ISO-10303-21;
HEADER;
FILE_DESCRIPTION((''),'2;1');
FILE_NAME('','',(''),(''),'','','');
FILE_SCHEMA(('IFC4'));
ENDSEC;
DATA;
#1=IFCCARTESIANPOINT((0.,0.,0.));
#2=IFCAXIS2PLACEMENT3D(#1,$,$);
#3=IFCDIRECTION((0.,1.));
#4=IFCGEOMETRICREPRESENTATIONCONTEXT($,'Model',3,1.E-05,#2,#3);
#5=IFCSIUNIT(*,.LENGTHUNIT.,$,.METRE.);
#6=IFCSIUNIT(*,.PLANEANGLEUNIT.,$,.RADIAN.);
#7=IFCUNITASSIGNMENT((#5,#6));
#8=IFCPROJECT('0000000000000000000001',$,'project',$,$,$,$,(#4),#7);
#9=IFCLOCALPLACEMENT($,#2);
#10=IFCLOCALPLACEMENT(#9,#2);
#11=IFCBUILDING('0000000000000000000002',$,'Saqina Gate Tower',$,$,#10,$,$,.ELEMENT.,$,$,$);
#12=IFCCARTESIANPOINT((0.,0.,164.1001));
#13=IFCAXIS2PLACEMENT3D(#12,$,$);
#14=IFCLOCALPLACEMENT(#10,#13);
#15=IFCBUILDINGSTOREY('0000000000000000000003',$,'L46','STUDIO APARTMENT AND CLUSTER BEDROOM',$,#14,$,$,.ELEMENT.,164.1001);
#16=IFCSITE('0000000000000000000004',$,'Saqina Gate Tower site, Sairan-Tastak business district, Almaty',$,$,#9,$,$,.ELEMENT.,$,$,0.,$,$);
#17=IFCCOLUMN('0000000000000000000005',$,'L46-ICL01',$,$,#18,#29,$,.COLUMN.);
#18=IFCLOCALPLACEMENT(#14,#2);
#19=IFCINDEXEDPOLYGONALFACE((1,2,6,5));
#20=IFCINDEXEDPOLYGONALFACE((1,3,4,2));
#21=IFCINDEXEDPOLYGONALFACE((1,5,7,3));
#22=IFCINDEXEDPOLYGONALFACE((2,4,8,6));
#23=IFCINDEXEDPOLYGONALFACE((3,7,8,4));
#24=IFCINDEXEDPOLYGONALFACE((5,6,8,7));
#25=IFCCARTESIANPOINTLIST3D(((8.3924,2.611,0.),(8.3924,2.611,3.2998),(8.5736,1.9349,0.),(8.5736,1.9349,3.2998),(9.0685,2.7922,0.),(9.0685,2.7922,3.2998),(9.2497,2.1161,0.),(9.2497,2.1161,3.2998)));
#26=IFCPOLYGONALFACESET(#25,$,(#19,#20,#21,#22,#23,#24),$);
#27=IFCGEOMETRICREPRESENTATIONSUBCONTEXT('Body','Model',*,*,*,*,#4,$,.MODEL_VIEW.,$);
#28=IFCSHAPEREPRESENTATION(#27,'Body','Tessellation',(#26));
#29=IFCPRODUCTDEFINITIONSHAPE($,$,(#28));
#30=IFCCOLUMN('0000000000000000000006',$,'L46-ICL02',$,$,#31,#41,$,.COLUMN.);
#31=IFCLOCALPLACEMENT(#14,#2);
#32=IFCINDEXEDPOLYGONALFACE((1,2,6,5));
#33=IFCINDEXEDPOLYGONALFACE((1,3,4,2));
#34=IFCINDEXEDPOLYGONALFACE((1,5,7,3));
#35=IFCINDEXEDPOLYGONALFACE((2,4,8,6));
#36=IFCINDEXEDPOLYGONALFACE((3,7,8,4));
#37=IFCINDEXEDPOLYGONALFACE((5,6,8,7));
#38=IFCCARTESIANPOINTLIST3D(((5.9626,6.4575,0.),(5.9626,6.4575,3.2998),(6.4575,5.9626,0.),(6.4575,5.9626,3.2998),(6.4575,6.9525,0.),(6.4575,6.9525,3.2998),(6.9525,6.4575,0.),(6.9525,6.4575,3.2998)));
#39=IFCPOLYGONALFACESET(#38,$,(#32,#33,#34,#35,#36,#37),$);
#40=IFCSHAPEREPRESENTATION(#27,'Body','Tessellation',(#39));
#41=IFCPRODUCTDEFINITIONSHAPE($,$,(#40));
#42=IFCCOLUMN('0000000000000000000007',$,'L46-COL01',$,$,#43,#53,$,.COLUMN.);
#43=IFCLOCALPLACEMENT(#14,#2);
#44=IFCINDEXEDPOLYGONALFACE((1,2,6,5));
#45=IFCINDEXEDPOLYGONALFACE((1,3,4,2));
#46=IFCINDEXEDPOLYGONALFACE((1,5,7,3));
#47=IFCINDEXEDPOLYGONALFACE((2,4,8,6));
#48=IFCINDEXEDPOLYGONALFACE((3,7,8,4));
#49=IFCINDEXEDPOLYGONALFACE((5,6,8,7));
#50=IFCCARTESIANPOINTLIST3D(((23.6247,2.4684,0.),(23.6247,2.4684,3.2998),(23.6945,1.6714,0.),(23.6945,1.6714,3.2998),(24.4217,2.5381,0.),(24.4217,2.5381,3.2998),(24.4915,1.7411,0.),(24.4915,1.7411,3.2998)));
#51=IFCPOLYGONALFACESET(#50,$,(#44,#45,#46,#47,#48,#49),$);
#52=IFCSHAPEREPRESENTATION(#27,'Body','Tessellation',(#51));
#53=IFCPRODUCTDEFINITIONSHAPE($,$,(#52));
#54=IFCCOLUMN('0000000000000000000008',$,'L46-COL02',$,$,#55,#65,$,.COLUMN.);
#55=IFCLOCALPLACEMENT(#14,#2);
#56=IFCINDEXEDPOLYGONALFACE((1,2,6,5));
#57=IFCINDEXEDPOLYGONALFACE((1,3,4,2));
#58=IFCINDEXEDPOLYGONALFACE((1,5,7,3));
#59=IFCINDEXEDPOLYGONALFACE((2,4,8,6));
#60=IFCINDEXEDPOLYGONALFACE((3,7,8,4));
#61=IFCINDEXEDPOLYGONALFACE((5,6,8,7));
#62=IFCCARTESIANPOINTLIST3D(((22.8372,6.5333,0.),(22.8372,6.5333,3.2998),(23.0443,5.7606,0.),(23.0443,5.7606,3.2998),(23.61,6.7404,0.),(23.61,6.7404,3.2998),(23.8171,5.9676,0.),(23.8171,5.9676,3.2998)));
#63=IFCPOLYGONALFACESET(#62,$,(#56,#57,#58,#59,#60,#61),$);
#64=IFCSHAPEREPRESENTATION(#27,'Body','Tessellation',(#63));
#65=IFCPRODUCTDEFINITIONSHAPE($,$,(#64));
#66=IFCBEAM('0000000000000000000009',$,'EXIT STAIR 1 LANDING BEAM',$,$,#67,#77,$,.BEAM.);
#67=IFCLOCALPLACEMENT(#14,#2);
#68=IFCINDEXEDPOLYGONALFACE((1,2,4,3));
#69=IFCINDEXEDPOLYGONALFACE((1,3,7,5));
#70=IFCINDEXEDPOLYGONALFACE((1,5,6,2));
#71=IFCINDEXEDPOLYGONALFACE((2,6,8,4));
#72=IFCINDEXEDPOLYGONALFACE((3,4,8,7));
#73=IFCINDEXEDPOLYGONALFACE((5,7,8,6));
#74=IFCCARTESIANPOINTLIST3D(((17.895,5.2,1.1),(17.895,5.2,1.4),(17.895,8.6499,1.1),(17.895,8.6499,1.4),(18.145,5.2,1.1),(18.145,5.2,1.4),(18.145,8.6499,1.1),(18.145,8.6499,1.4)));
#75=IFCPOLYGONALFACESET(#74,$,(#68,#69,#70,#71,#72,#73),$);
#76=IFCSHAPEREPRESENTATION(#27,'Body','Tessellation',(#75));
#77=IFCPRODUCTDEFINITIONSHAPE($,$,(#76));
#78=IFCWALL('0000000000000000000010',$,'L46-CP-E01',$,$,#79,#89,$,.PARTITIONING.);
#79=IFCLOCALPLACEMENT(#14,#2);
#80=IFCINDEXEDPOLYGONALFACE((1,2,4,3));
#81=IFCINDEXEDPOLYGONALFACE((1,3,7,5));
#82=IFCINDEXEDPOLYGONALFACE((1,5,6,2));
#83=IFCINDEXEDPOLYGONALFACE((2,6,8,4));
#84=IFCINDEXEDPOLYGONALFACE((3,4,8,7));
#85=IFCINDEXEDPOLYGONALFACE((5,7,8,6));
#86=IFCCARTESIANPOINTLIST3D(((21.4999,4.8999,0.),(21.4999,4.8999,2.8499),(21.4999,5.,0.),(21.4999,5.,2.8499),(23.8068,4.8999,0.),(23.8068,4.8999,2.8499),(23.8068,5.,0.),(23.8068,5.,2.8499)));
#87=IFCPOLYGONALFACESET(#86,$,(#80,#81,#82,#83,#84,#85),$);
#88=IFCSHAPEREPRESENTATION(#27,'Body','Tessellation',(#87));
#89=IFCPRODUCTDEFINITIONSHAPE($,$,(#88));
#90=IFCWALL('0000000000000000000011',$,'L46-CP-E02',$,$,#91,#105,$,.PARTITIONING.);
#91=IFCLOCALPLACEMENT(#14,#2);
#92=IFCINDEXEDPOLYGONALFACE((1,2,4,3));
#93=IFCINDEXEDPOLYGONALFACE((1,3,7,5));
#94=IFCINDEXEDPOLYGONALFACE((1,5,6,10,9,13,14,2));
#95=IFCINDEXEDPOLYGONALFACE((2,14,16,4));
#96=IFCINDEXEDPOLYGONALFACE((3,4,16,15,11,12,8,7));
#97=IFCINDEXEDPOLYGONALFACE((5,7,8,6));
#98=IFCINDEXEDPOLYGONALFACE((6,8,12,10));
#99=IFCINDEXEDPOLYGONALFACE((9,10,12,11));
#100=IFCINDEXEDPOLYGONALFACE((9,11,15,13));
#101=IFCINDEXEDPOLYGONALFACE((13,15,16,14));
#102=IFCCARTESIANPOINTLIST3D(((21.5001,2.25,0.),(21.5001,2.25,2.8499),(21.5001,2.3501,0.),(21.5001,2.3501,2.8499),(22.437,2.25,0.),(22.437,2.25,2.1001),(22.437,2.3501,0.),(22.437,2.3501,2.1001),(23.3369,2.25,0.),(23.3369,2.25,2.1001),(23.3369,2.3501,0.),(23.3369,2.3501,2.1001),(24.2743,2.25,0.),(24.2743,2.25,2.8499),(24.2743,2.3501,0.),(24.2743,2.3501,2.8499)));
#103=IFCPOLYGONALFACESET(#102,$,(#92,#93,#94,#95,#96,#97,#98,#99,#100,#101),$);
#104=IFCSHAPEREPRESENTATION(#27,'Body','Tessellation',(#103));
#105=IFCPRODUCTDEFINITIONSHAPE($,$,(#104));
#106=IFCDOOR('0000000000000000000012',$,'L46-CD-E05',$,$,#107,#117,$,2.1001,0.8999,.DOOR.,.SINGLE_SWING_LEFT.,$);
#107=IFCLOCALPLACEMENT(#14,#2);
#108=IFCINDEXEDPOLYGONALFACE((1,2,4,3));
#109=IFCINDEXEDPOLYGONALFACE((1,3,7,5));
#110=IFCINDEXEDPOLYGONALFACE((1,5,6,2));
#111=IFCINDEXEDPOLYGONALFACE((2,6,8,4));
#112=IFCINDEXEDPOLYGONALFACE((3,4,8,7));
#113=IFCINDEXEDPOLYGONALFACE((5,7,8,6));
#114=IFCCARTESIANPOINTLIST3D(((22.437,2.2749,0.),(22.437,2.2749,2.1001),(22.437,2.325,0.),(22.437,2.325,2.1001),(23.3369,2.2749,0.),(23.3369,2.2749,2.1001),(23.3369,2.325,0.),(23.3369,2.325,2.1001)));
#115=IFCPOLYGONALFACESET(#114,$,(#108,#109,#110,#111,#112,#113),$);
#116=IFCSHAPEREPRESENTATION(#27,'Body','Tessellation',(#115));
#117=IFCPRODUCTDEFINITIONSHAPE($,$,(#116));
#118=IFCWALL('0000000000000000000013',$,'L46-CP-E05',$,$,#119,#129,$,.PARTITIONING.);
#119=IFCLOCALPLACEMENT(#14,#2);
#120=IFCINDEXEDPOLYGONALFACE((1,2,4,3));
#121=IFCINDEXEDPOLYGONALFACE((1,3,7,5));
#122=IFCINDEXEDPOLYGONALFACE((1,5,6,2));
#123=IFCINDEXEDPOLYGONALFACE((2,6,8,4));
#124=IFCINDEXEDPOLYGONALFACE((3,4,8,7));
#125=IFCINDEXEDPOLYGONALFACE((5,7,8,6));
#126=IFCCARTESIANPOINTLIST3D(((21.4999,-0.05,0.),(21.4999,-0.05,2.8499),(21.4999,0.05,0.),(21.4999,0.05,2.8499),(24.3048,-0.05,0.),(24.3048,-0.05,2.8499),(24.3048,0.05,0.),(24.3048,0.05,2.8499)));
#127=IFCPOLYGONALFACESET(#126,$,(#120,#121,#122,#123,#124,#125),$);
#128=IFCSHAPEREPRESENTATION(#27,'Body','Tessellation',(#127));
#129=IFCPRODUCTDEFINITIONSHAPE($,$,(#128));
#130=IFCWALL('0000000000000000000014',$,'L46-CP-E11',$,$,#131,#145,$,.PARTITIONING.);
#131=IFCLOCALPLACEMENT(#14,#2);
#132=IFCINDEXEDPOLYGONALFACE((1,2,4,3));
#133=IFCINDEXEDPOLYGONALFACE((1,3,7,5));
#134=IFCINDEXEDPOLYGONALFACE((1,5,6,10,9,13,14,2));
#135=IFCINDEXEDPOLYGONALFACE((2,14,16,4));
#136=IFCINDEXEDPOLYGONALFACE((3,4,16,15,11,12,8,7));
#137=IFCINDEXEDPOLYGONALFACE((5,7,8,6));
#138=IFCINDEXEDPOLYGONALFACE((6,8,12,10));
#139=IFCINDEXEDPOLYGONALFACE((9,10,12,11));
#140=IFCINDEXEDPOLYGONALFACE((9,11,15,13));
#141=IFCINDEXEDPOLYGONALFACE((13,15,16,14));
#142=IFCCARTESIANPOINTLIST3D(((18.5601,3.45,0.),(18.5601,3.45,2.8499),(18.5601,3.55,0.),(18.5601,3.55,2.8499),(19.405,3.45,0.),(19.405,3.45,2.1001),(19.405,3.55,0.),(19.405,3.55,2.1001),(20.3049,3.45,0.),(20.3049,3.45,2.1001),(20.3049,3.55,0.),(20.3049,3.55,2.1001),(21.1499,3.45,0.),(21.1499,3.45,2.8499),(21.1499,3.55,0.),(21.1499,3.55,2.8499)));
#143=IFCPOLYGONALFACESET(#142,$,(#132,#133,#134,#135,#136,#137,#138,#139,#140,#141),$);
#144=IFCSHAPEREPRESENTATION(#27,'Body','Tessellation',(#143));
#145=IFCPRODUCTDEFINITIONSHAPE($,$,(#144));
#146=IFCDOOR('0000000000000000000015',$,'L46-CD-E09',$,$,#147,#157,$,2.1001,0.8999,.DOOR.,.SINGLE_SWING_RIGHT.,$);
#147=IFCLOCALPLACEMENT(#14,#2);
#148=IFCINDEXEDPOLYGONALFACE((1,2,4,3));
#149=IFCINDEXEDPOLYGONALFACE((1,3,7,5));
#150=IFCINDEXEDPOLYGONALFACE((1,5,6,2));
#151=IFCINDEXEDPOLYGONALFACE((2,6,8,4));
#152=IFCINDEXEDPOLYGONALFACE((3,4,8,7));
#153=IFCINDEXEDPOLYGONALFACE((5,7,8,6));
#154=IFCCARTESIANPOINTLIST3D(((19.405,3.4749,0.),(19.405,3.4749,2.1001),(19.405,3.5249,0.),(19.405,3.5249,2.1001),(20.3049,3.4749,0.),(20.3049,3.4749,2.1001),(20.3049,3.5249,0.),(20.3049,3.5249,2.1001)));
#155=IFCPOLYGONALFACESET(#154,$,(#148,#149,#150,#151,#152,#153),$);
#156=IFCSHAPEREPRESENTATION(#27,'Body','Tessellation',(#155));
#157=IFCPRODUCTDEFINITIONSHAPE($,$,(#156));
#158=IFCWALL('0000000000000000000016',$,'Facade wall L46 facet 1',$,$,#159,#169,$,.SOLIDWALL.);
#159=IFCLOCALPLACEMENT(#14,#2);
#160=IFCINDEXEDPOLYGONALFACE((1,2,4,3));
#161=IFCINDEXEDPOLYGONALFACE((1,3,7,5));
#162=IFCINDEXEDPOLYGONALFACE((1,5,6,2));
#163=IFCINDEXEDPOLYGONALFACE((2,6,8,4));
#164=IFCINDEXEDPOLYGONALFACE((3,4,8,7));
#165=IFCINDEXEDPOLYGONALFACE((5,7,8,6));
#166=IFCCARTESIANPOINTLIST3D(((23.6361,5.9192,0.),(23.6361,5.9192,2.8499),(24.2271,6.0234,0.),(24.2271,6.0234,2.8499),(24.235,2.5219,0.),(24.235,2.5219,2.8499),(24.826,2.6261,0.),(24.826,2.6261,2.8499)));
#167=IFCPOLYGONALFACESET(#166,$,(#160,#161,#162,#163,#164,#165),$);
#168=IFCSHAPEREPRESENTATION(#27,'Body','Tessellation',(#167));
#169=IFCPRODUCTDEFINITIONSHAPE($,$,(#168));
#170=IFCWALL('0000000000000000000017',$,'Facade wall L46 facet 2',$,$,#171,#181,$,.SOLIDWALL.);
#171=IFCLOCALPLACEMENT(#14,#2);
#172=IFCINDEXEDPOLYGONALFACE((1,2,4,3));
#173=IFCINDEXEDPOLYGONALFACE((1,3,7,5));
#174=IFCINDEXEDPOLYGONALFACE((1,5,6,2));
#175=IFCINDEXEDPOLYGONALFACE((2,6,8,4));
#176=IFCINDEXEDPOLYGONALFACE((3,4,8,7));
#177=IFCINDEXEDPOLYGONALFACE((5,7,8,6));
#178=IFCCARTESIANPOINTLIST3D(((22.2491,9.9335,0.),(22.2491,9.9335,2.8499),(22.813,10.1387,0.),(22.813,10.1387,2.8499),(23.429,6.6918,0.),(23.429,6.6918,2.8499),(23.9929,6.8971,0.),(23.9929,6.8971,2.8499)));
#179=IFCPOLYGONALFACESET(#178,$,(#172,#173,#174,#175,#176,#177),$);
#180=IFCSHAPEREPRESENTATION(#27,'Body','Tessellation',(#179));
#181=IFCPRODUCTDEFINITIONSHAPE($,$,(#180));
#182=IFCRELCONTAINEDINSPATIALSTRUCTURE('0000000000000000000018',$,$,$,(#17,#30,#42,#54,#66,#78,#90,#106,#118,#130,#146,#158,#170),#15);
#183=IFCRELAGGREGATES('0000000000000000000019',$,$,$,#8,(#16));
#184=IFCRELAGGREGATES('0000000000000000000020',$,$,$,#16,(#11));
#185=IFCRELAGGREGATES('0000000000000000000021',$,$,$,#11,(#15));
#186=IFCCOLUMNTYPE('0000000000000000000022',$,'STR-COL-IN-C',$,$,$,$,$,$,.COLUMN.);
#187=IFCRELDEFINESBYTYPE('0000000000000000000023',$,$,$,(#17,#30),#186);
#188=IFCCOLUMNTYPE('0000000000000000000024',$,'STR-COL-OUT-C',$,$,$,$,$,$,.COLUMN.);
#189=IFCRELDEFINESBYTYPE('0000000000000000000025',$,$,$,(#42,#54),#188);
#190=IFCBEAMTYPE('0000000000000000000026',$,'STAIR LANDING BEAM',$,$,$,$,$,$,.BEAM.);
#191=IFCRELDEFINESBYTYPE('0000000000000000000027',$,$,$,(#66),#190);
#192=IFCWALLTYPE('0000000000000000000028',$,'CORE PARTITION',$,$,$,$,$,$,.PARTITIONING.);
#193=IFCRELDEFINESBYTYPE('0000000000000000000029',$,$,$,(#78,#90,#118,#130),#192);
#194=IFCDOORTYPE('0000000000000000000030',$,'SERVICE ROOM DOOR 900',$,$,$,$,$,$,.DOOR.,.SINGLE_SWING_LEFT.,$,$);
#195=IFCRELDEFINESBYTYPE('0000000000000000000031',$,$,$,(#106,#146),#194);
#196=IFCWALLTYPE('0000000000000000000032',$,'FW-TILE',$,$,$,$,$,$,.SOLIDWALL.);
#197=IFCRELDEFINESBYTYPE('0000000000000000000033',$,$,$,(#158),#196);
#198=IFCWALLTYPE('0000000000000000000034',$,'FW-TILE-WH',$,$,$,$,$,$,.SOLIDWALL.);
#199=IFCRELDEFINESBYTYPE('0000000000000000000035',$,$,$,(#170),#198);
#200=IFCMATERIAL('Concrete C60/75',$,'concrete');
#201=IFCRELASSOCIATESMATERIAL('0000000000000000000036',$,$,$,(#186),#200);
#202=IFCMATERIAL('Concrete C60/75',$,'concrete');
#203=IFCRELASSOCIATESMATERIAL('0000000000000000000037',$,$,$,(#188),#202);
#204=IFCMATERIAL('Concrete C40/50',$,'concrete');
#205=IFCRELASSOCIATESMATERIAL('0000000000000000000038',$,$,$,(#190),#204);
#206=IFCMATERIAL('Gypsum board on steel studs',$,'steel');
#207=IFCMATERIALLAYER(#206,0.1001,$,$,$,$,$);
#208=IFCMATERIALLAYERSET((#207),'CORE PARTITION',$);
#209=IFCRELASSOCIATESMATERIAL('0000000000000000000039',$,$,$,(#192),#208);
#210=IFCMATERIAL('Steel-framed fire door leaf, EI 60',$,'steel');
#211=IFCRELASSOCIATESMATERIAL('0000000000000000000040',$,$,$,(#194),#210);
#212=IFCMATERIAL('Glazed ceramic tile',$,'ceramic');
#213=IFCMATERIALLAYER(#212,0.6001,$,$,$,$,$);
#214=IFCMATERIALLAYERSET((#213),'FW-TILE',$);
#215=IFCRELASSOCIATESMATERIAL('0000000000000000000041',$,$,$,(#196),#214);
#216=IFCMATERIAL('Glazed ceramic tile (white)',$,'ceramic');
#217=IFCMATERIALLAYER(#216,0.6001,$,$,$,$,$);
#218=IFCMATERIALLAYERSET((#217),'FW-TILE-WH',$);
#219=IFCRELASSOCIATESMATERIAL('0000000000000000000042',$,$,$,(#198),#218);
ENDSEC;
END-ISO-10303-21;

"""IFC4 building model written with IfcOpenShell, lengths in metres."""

from ifc_helpers import new_model, si_unit, direction, frame, frame_2d, origin, origin_2d, place, context, subcontext, project, spatial, rectangle, extrude, material, layer, layer_set, material_profile, profile_set, type_object, element, fill, save


model = new_model("IFC4")

# Units and contexts
model_context = context("Model", 3, precision=1e-05, world=origin(), true_north=direction((0.0, 1.0)))
body_context = subcontext(model_context, "Body", "Model", "MODEL_VIEW")
ifc_project = project(units=[si_unit("LENGTHUNIT", "METRE"), si_unit("PLANEANGLEUNIT", "RADIAN")], contexts=[model_context])

# Site, building, storey
site_placement = place(None, origin())
site = spatial("IfcSite", under=ifc_project, at=site_placement, Name="Saqina Gate Tower site, Sairan-Tastak business district, Almaty", CompositionType="ELEMENT", RefElevation=0.0)
building_placement = place(site_placement, origin())
building = spatial("IfcBuilding", under=site, at=building_placement, Name="Saqina Gate Tower", CompositionType="ELEMENT")
storey_placement = place(building_placement, frame((0.0, 0.0, 164.1001)))
storey = spatial("IfcBuildingStorey", under=building, at=storey_placement, Name="L46", Description="STUDIO APARTMENT AND CLUSTER BEDROOM", CompositionType="ELEMENT", Elevation=164.1001)

# Columns
ifc_material_1 = material(Name="Concrete C60/75", Category="concrete")
ifc_material_profile_1 = material_profile(ifc_material_1, rectangle(XDim=0.7, YDim=0.7, at=origin_2d()), Name="RC 700x700")
ifc_profile_set_1 = profile_set([ifc_material_profile_1], Name="Concrete C60/75")
column_type_1 = type_object("IfcColumnType", Name="STR-COL-IN-C", PredefinedType="COLUMN", material=ifc_profile_set_1)
for number, where, z_axis, x_axis, name in (
    (1, (8.821, 2.3635, 0.0), (0.0, 0.0, 1.0), (0.965926, 0.258819, 0.0), "L46-ICL01"),
    (2, (6.4575, 6.4575, 0.0), (0.0, 0.0, 1.0), (0.707107, 0.707107, 0.0), "L46-ICL02"),
):
    element("IfcColumn", number, at=place(storey_placement, frame(where, z_axis=z_axis, x_axis=x_axis)), inside=storey, type_object=column_type_1, Name=name, PredefinedType="COLUMN", context=body_context, shape_type="SweptSolid", body=[
        extrude(rectangle(XDim=0.7, YDim=0.7, at=origin_2d()), origin(), (0.0, 0.0, 1.0), 3.2998),
    ])
ifc_material_2 = material(Name="Concrete C60/75", Category="concrete")
ifc_material_profile_2 = material_profile(ifc_material_2, rectangle(XDim=0.8, YDim=0.8, at=origin_2d()), Name="RC 800x800")
ifc_profile_set_2 = profile_set([ifc_material_profile_2], Name="Concrete C60/75")
column_type_2 = type_object("IfcColumnType", Name="STR-COL-OUT-C", PredefinedType="COLUMN", material=ifc_profile_set_2)
for number, where, z_axis, x_axis, name in (
    (3, (24.0581, 2.1047, 0.0), (0.0, 0.0, 1.0), (0.996195, 0.087156, 0.0), "L46-COL01"),
    (4, (23.3271, 6.2505, 0.0), (0.0, 0.0, 1.0), (0.965926, 0.258819, 0.0), "L46-COL02"),
):
    element("IfcColumn", number, at=place(storey_placement, frame(where, z_axis=z_axis, x_axis=x_axis)), inside=storey, type_object=column_type_2, Name=name, PredefinedType="COLUMN", context=body_context, shape_type="SweptSolid", body=[
        extrude(rectangle(XDim=0.8, YDim=0.8, at=origin_2d()), origin(), (0.0, 0.0, 1.0), 3.2998),
    ])

# Beam
ifc_material_3 = material(Name="Concrete C40/50", Category="concrete")
ifc_material_profile_3 = material_profile(ifc_material_3, rectangle(XDim=0.25, YDim=0.3, at=origin_2d()), Name="STAIR LANDING BEAM")
ifc_profile_set_3 = profile_set([ifc_material_profile_3], Name="Concrete C40/50")
beam_type = type_object("IfcBeamType", Name="STAIR LANDING BEAM", PredefinedType="BEAM", material=ifc_profile_set_3)
beam_placement = place(storey_placement, frame((18.02, 5.2, 1.25), z_axis=(0.0, 1.0, 0.0), x_axis=(-1.0, 0.0, 0.0)))
element("IfcBeam", 5, at=beam_placement, inside=storey, type_object=beam_type, Name="EXIT STAIR 1 LANDING BEAM", PredefinedType="BEAM", context=body_context, shape_type="SweptSolid", body=[
    extrude(rectangle(XDim=0.25, YDim=0.3, at=origin_2d()), origin(), (0.0, 0.0, 1.0), 3.45),
])

# Wall
ifc_material_4 = material(Name="Gypsum board on steel studs", Category="steel")
ifc_layer_1 = layer(ifc_material_4, 0.1001)
ifc_layer_set_1 = layer_set([ifc_layer_1], Name="CORE PARTITION")
wall_type_1 = type_object("IfcWallType", Name="CORE PARTITION", PredefinedType="PARTITIONING", material=ifc_layer_set_1)
wall_1_placement = place(storey_placement, frame((21.5, 4.95, 0.0), z_axis=(0.0, 0.0, 1.0), x_axis=(1.0, 0.0, 0.0)))
element("IfcWall", 6, at=wall_1_placement, inside=storey, type_object=wall_type_1, Name="L46-CP-E01", PredefinedType="PARTITIONING", context=body_context, shape_type="SweptSolid", body=[
    extrude(rectangle(XDim=2.3069, YDim=0.1001, at=frame_2d((1.1533, 0.0))), origin(), (0.0, 0.0, 1.0), 2.8499),
])

# Wall, opening, door
wall_2_placement = place(storey_placement, frame((21.5, 2.3, 0.0), z_axis=(0.0, 0.0, 1.0), x_axis=(1.0, 0.0, 0.0)))
wall_2 = element("IfcWall", 7, at=wall_2_placement, inside=storey, type_object=wall_type_1, Name="L46-CP-E02", PredefinedType="PARTITIONING", context=body_context, shape_type="SweptSolid", body=[
    extrude(rectangle(XDim=2.7742, YDim=0.1001, at=frame_2d((1.3872, 0.0))), origin(), (0.0, 0.0, 1.0), 2.8499),
])
opening_1_placement = place(wall_2_placement, frame((0.937, 0.0, 0.0)))
opening_1 = element("IfcOpeningElement", 8, at=opening_1_placement, cuts=wall_2, PredefinedType="OPENING", context=body_context, shape_type="SweptSolid", body=[
    extrude(rectangle(XDim=0.8999, YDim=2.1001, at=frame_2d((0.45, 1.05))), frame((0.0, 0.062, 0.0), z_axis=(0.0, -1.0, 0.0), x_axis=(1.0, 0.0, 0.0)), (0.0, 0.0, 1.0), 0.124),
])
ifc_material_5 = material(Name="Steel-framed fire door leaf, EI 60", Category="steel")
door_type_1 = type_object("IfcDoorType", Name="SERVICE ROOM DOOR 900", OperationType="SINGLE_SWING_LEFT", PredefinedType="DOOR", material=ifc_material_5)
door_1_placement = place(opening_1_placement, origin())
door_1 = element("IfcDoor", 9, at=door_1_placement, inside=storey, type_object=door_type_1, Name="L46-CD-E05", OperationType="SINGLE_SWING_LEFT", OverallHeight=2.1001, OverallWidth=0.8999, PredefinedType="DOOR", context=body_context, shape_type="SweptSolid", body=[
    extrude(rectangle(XDim=0.8999, YDim=2.1001, at=frame_2d((0.45, 1.05))), frame((0.0, 0.0249, 0.0), z_axis=(0.0, -1.0, 0.0), x_axis=(1.0, 0.0, 0.0)), (0.0, 0.0, 1.0), 0.05),
])
fill(opening_1, door_1)

# Wall
wall_3_placement = place(storey_placement, frame((21.5, 0.0, 0.0), z_axis=(0.0, 0.0, 1.0), x_axis=(1.0, 0.0, 0.0)))
element("IfcWall", 10, at=wall_3_placement, inside=storey, type_object=wall_type_1, Name="L46-CP-E05", PredefinedType="PARTITIONING", context=body_context, shape_type="SweptSolid", body=[
    extrude(rectangle(XDim=2.8049, YDim=0.1001, at=frame_2d((1.4023, 0.0))), origin(), (0.0, 0.0, 1.0), 2.8499),
])

# Wall, opening, door
wall_4_placement = place(storey_placement, frame((18.5601, 3.5, 0.0), z_axis=(0.0, 0.0, 1.0), x_axis=(1.0, 0.0, 0.0)))
wall_4 = element("IfcWall", 11, at=wall_4_placement, inside=storey, type_object=wall_type_1, Name="L46-CP-E11", PredefinedType="PARTITIONING", context=body_context, shape_type="SweptSolid", body=[
    extrude(rectangle(XDim=2.5898, YDim=0.1001, at=frame_2d((1.2949, 0.0))), origin(), (0.0, 0.0, 1.0), 2.8499),
])
opening_2_placement = place(wall_4_placement, frame((0.845, 0.0, 0.0)))
opening_2 = element("IfcOpeningElement", 12, at=opening_2_placement, cuts=wall_4, PredefinedType="OPENING", context=body_context, shape_type="SweptSolid", body=[
    extrude(rectangle(XDim=0.8999, YDim=2.1001, at=frame_2d((0.45, 1.05))), frame((0.0, 0.062, 0.0), z_axis=(0.0, -1.0, 0.0), x_axis=(1.0, 0.0, 0.0)), (0.0, 0.0, 1.0), 0.124),
])
door_2_placement = place(opening_2_placement, origin())
door_2 = element("IfcDoor", 13, at=door_2_placement, inside=storey, type_object=door_type_1, Name="L46-CD-E09", OperationType="SINGLE_SWING_RIGHT", OverallHeight=2.1001, OverallWidth=0.8999, PredefinedType="DOOR", context=body_context, shape_type="SweptSolid", body=[
    extrude(rectangle(XDim=0.8999, YDim=2.1001, at=frame_2d((0.45, 1.05))), frame((0.0, 0.0249, 0.0), z_axis=(0.0, -1.0, 0.0), x_axis=(1.0, 0.0, 0.0)), (0.0, 0.0, 1.0), 0.05),
])
fill(opening_2, door_2)

# Walls
ifc_material_6 = material(Name="Glazed ceramic tile", Category="ceramic")
ifc_layer_2 = layer(ifc_material_6, 0.6001)
ifc_layer_set_2 = layer_set([ifc_layer_2], Name="FW-TILE")
wall_type_2 = type_object("IfcWallType", Name="FW-TILE", PredefinedType="SOLIDWALL", material=ifc_layer_set_2)
wall_5_placement = place(storey_placement, frame((24.5305, 2.574, 0.0), z_axis=(0.0, 0.0, 1.0), x_axis=(-0.173608, 0.984815, 0.0)))
element("IfcWall", 14, at=wall_5_placement, inside=storey, type_object=wall_type_2, Name="Facade wall L46 facet 1", PredefinedType="SOLIDWALL", context=body_context, shape_type="SweptSolid", body=[
    extrude(rectangle(XDim=3.4497, YDim=0.6001, at=frame_2d((1.7249, 0.0))), origin(), (0.0, 0.0, 1.0), 2.8499),
])
ifc_material_7 = material(Name="Glazed ceramic tile (white)", Category="ceramic")
ifc_layer_3 = layer(ifc_material_7, 0.6001)
ifc_layer_set_3 = layer_set([ifc_layer_3], Name="FW-TILE-WH")
wall_type_3 = type_object("IfcWallType", Name="FW-TILE-WH", PredefinedType="SOLIDWALL", material=ifc_layer_set_3)
wall_6_placement = place(storey_placement, frame((23.7109, 6.7944, 0.0), z_axis=(0.0, 0.0, 1.0), x_axis=(-0.342033, 0.939688, 0.0)))
element("IfcWall", 15, at=wall_6_placement, inside=storey, type_object=wall_type_3, Name="Facade wall L46 facet 2", PredefinedType="SOLIDWALL", context=body_context, shape_type="SweptSolid", body=[
    extrude(rectangle(XDim=3.4497, YDim=0.6001, at=frame_2d((1.7249, 0.0))), origin(), (0.0, 0.0, 1.0), 2.8499),
])

save(model, "model.ifc")
